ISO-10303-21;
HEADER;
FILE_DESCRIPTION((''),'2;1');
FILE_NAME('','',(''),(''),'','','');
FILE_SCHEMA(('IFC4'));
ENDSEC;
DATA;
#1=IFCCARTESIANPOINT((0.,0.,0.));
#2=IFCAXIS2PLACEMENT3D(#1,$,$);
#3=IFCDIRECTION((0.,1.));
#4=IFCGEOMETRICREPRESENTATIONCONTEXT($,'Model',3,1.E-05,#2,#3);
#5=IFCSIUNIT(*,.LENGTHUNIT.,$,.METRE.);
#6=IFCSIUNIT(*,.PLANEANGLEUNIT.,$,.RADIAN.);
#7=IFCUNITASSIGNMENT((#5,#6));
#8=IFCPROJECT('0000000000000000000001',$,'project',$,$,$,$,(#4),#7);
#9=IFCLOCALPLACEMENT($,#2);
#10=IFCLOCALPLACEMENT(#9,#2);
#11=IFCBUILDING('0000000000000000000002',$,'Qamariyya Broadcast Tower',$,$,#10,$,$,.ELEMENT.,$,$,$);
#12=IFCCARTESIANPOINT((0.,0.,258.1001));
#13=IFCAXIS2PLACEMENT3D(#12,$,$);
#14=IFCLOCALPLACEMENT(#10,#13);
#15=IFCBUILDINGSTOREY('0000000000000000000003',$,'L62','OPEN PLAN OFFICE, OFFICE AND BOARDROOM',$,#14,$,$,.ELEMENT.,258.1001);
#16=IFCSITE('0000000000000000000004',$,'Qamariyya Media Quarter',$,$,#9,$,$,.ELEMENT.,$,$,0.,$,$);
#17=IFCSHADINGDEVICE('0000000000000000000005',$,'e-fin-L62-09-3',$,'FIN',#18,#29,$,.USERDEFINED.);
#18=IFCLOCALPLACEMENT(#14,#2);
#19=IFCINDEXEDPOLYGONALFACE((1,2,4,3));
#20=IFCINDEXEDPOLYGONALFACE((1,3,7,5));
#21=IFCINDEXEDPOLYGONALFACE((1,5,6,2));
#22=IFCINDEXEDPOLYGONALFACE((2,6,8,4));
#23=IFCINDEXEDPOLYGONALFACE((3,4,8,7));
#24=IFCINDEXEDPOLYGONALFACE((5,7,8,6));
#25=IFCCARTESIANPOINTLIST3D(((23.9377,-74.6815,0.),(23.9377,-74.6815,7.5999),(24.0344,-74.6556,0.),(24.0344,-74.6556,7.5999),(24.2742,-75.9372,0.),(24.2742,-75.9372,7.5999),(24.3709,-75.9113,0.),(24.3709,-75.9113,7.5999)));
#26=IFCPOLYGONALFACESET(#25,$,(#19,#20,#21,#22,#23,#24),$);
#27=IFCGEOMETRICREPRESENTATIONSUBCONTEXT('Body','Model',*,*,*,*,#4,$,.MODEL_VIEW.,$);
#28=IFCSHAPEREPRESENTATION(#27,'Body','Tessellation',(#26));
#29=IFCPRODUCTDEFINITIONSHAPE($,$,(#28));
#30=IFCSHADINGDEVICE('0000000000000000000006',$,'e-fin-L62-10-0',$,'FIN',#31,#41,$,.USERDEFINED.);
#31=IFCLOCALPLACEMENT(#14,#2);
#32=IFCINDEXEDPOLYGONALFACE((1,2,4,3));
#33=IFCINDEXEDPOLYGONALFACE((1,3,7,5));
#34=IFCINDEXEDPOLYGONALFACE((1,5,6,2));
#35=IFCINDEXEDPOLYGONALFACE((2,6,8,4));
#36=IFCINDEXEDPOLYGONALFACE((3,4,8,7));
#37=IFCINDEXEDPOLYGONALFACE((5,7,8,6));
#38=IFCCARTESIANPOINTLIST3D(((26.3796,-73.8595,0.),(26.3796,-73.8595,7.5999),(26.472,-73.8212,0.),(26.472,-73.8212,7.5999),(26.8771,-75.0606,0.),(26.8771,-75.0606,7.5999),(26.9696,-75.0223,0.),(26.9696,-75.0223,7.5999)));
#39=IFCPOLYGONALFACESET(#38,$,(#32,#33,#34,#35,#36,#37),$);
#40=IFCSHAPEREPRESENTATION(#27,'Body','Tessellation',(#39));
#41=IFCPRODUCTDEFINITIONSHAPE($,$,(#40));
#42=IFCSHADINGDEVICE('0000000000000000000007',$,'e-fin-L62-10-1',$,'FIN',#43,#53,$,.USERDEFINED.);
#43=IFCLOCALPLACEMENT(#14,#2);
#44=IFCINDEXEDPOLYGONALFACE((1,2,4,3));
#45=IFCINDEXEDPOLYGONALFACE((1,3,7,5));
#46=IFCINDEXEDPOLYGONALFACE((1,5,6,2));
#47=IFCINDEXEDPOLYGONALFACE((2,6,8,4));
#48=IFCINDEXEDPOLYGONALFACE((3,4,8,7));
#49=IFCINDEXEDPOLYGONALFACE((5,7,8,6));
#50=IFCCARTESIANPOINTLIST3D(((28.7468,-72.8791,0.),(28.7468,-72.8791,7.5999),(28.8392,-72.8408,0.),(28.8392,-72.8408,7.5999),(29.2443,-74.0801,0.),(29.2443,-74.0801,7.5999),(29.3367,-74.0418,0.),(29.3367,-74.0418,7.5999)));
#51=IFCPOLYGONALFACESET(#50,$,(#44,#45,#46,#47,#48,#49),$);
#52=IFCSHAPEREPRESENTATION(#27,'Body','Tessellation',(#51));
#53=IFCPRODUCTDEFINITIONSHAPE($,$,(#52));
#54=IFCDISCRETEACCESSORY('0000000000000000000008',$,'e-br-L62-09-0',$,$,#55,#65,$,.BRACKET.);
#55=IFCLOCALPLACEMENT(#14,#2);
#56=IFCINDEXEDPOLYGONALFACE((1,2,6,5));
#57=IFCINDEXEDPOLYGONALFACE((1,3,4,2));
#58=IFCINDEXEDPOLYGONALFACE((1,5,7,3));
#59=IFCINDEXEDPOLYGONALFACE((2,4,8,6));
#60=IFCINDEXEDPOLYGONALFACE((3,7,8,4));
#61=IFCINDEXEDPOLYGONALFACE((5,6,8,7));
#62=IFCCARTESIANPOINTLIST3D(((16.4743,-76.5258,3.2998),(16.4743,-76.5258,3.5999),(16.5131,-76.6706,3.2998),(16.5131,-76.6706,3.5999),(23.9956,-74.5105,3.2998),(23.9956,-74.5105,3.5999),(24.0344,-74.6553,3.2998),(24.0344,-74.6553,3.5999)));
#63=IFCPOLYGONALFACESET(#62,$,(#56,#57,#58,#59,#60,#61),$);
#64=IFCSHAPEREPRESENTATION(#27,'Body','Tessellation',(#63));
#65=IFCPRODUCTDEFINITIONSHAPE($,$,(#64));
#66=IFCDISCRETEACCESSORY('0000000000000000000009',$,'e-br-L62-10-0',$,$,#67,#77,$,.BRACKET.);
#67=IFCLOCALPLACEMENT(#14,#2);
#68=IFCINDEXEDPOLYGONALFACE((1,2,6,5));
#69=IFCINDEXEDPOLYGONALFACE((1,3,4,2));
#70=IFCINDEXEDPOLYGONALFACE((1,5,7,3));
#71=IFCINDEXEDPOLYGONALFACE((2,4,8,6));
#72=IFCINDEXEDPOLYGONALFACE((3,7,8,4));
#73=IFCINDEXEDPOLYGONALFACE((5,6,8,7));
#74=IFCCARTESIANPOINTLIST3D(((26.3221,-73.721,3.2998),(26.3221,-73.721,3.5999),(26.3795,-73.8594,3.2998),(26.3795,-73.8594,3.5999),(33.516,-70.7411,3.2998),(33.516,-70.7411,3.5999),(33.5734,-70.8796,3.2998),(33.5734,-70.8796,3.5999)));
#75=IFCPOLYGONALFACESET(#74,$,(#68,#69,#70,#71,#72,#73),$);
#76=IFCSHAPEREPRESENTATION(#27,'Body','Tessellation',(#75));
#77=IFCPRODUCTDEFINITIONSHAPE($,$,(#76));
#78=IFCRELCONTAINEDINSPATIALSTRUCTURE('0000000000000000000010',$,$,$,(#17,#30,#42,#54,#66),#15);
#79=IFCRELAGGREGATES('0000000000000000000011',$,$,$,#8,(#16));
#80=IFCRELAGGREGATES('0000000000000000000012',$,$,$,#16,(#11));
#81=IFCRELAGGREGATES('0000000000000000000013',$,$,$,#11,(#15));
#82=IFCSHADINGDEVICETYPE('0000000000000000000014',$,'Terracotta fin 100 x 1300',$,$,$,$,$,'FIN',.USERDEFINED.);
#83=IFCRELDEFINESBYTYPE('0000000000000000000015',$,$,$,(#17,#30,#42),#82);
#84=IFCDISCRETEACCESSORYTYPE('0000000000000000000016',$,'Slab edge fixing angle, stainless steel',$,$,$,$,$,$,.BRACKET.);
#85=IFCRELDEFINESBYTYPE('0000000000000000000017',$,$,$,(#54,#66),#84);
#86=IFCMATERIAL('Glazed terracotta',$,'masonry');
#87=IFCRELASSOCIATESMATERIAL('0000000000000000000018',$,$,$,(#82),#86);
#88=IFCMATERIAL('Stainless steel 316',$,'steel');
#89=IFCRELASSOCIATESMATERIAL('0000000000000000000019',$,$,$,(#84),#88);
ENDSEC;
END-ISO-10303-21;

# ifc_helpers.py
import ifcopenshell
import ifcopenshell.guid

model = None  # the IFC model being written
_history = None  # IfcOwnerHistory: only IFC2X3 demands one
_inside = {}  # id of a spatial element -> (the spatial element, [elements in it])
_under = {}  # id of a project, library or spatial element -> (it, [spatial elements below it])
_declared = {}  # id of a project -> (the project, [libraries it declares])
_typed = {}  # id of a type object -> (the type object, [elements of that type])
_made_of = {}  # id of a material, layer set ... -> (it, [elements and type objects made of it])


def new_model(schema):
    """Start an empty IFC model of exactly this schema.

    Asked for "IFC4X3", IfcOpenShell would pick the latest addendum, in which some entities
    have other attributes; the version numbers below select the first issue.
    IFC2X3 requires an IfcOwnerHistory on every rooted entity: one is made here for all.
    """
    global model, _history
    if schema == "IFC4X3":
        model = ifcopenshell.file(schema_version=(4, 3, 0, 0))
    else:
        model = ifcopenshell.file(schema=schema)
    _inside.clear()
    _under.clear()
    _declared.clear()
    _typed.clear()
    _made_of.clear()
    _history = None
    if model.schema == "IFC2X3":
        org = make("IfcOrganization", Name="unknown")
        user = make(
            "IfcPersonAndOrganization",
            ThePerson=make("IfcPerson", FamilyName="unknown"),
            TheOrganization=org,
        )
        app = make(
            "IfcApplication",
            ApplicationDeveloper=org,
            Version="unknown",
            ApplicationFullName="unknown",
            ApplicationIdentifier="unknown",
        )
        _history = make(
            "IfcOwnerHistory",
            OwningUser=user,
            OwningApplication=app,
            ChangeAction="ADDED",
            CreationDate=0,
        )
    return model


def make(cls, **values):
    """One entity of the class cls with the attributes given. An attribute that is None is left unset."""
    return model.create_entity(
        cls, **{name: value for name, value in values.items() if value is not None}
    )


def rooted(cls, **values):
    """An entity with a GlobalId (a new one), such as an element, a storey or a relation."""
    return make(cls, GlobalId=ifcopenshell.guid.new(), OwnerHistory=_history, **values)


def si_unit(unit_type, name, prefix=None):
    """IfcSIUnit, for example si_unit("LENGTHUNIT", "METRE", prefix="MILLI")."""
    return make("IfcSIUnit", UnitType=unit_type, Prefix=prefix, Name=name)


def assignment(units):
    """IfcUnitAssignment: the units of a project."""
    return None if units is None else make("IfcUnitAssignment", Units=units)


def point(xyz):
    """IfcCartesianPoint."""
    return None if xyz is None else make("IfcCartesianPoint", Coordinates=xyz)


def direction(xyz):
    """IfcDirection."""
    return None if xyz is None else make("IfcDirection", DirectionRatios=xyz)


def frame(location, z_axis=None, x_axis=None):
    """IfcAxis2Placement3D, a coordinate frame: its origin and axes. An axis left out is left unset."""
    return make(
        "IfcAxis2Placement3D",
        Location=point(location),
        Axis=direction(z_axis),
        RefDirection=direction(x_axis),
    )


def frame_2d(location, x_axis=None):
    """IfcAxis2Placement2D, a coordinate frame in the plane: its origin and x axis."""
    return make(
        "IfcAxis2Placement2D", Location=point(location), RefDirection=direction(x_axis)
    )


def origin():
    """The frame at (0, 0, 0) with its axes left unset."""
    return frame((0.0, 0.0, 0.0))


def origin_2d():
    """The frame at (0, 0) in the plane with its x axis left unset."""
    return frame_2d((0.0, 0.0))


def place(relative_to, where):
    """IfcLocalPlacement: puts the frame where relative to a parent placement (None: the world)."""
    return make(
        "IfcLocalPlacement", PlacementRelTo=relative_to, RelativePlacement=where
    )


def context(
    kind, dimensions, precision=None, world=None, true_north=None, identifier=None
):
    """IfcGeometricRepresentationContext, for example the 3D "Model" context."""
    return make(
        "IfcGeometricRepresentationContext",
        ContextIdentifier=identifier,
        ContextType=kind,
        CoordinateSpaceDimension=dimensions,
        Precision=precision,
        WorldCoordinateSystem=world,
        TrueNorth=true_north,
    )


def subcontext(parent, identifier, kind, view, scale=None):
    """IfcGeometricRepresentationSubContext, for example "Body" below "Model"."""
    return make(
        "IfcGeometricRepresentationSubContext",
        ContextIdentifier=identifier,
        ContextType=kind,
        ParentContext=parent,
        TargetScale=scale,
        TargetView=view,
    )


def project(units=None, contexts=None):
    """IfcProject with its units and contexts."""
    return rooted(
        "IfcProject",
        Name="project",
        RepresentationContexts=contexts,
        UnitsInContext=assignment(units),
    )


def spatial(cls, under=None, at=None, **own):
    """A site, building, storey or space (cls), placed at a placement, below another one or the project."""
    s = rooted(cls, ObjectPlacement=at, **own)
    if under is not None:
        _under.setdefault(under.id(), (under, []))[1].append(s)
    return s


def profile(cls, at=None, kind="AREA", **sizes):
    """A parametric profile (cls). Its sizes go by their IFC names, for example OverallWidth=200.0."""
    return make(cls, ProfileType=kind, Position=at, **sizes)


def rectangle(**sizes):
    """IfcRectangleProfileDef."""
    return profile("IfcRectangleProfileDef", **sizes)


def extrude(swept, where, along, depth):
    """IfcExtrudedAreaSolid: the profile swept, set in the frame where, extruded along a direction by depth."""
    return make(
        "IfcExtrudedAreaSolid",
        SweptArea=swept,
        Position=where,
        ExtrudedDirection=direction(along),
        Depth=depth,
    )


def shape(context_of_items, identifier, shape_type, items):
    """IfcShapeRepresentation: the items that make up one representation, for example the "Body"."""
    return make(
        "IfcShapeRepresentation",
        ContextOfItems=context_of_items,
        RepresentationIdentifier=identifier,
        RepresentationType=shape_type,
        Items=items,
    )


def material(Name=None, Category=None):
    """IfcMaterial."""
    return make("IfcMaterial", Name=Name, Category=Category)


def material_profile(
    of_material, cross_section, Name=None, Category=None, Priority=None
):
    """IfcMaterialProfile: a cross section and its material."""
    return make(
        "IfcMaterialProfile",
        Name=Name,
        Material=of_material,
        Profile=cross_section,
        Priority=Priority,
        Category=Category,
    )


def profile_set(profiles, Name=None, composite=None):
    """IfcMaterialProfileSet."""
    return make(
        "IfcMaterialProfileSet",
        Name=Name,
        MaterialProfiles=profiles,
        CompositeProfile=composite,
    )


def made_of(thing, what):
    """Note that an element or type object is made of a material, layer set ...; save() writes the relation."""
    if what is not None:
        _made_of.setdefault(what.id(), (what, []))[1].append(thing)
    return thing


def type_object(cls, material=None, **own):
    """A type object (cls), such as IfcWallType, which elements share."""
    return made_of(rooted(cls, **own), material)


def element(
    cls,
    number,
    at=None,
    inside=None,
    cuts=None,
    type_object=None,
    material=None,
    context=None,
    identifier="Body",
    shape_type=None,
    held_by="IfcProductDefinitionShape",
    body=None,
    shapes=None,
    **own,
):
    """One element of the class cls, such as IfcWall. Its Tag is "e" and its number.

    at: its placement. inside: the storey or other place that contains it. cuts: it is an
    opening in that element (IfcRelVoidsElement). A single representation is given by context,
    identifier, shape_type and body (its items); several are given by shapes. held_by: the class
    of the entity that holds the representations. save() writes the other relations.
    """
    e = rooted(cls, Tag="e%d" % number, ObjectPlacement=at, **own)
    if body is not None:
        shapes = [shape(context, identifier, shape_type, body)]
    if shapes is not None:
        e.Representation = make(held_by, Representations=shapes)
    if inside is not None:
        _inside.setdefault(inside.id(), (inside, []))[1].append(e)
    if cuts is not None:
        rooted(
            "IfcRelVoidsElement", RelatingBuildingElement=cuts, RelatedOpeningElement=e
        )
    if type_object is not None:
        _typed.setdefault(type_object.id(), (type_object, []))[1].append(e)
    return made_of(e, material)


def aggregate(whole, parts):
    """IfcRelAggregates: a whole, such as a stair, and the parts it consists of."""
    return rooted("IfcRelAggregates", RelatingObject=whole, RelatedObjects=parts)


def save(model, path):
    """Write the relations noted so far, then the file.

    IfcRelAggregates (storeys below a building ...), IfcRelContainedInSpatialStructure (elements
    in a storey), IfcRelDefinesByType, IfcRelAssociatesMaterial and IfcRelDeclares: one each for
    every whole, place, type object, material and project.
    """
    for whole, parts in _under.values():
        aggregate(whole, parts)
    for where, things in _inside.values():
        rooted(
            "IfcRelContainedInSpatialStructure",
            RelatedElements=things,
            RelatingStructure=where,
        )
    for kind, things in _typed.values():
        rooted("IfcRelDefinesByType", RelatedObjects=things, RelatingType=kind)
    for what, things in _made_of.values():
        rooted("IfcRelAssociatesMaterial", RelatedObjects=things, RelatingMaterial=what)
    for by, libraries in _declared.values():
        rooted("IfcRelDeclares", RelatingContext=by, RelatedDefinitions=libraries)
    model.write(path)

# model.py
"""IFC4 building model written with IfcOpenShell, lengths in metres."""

from ifc_helpers import new_model, si_unit, direction, frame, origin, origin_2d, place, context, subcontext, project, spatial, rectangle, extrude, material, material_profile, profile_set, type_object, element, save


model = new_model("IFC4")

# Units and contexts
model_context = context("Model", 3, precision=1e-05, world=origin(), true_north=direction((0.0, 1.0)))
body_context = subcontext(model_context, "Body", "Model", "MODEL_VIEW")
ifc_project = project(units=[si_unit("LENGTHUNIT", "METRE"), si_unit("PLANEANGLEUNIT", "RADIAN")], contexts=[model_context])

# Site, building, storey
site_placement = place(None, origin())
site = spatial("IfcSite", under=ifc_project, at=site_placement, Name="Qamariyya Media Quarter", CompositionType="ELEMENT", RefElevation=0.0)
building_placement = place(site_placement, origin())
building = spatial("IfcBuilding", under=site, at=building_placement, Name="Qamariyya Broadcast Tower", CompositionType="ELEMENT")
storey_placement = place(building_placement, frame((0.0, 0.0, 258.1001)))
storey = spatial("IfcBuildingStorey", under=building, at=storey_placement, Name="L62", Description="OPEN PLAN OFFICE, OFFICE AND BOARDROOM", CompositionType="ELEMENT", Elevation=258.1001)

# Shading devices
ifc_material_1 = material(Name="Glazed terracotta", Category="masonry")
ifc_material_profile_1 = material_profile(ifc_material_1, rectangle(XDim=1.3, YDim=0.1001, at=origin_2d()))
ifc_profile_set_1 = profile_set([ifc_material_profile_1], Name="Glazed terracotta")
shading_device_type_1 = type_object("IfcShadingDeviceType", Name="Terracotta fin 100 x 1300", ElementType="FIN", PredefinedType="USERDEFINED", material=ifc_profile_set_1)
for number, where, z_axis, x_axis, name in (
    (1, (24.1543, -75.2964, 0.0), (0.0, 0.0, 1.0), (0.258819, -0.965926, 0.0), "e-fin-L62-09-3"),
    (2, (26.6746, -74.4409, 0.0), (0.0, 0.0, 1.0), (0.382683, -0.92388, 0.0), "e-fin-L62-10-0"),
    (3, (29.0417, -73.4604, 0.0), (0.0, 0.0, 1.0), (0.382683, -0.92388, 0.0), "e-fin-L62-10-1"),
):
    element("IfcShadingDevice", number, at=place(storey_placement, frame(where, z_axis=z_axis, x_axis=x_axis)), inside=storey, type_object=shading_device_type_1, Name=name, ObjectType="FIN", PredefinedType="USERDEFINED", context=body_context, shape_type="SweptSolid", body=[
        extrude(rectangle(XDim=1.3, YDim=0.1001, at=origin_2d()), origin(), (0.0, 0.0, 1.0), 7.5999),
    ])

# Discrete accessories
ifc_material_2 = material(Name="Stainless steel 316", Category="steel")
discrete_accessory_type = type_object("IfcDiscreteAccessoryType", Name="Slab edge fixing angle, stainless steel", PredefinedType="BRACKET", material=ifc_material_2)
for number, where, z_axis, x_axis, name in (
    (4, (20.2544, -75.5906, 3.2998), (0.0, 0.0, 1.0), (0.965926, 0.258819, 0.0), "e-br-L62-09-0"),
    (5, (29.9478, -72.3003, 3.2998), (0.0, 0.0, 1.0), (0.92388, 0.382683, 0.0), "e-br-L62-10-0"),
):
    element("IfcDiscreteAccessory", number, at=place(storey_placement, frame(where, z_axis=z_axis, x_axis=x_axis)), inside=storey, type_object=discrete_accessory_type, Name=name, PredefinedType="BRACKET", context=body_context, shape_type="SweptSolid", body=[
        extrude(rectangle(XDim=7.7866, YDim=0.1499, at=origin_2d()), origin(), (0.0, 0.0, 1.0), 0.3),
    ])

save(model, "model.ifc")
